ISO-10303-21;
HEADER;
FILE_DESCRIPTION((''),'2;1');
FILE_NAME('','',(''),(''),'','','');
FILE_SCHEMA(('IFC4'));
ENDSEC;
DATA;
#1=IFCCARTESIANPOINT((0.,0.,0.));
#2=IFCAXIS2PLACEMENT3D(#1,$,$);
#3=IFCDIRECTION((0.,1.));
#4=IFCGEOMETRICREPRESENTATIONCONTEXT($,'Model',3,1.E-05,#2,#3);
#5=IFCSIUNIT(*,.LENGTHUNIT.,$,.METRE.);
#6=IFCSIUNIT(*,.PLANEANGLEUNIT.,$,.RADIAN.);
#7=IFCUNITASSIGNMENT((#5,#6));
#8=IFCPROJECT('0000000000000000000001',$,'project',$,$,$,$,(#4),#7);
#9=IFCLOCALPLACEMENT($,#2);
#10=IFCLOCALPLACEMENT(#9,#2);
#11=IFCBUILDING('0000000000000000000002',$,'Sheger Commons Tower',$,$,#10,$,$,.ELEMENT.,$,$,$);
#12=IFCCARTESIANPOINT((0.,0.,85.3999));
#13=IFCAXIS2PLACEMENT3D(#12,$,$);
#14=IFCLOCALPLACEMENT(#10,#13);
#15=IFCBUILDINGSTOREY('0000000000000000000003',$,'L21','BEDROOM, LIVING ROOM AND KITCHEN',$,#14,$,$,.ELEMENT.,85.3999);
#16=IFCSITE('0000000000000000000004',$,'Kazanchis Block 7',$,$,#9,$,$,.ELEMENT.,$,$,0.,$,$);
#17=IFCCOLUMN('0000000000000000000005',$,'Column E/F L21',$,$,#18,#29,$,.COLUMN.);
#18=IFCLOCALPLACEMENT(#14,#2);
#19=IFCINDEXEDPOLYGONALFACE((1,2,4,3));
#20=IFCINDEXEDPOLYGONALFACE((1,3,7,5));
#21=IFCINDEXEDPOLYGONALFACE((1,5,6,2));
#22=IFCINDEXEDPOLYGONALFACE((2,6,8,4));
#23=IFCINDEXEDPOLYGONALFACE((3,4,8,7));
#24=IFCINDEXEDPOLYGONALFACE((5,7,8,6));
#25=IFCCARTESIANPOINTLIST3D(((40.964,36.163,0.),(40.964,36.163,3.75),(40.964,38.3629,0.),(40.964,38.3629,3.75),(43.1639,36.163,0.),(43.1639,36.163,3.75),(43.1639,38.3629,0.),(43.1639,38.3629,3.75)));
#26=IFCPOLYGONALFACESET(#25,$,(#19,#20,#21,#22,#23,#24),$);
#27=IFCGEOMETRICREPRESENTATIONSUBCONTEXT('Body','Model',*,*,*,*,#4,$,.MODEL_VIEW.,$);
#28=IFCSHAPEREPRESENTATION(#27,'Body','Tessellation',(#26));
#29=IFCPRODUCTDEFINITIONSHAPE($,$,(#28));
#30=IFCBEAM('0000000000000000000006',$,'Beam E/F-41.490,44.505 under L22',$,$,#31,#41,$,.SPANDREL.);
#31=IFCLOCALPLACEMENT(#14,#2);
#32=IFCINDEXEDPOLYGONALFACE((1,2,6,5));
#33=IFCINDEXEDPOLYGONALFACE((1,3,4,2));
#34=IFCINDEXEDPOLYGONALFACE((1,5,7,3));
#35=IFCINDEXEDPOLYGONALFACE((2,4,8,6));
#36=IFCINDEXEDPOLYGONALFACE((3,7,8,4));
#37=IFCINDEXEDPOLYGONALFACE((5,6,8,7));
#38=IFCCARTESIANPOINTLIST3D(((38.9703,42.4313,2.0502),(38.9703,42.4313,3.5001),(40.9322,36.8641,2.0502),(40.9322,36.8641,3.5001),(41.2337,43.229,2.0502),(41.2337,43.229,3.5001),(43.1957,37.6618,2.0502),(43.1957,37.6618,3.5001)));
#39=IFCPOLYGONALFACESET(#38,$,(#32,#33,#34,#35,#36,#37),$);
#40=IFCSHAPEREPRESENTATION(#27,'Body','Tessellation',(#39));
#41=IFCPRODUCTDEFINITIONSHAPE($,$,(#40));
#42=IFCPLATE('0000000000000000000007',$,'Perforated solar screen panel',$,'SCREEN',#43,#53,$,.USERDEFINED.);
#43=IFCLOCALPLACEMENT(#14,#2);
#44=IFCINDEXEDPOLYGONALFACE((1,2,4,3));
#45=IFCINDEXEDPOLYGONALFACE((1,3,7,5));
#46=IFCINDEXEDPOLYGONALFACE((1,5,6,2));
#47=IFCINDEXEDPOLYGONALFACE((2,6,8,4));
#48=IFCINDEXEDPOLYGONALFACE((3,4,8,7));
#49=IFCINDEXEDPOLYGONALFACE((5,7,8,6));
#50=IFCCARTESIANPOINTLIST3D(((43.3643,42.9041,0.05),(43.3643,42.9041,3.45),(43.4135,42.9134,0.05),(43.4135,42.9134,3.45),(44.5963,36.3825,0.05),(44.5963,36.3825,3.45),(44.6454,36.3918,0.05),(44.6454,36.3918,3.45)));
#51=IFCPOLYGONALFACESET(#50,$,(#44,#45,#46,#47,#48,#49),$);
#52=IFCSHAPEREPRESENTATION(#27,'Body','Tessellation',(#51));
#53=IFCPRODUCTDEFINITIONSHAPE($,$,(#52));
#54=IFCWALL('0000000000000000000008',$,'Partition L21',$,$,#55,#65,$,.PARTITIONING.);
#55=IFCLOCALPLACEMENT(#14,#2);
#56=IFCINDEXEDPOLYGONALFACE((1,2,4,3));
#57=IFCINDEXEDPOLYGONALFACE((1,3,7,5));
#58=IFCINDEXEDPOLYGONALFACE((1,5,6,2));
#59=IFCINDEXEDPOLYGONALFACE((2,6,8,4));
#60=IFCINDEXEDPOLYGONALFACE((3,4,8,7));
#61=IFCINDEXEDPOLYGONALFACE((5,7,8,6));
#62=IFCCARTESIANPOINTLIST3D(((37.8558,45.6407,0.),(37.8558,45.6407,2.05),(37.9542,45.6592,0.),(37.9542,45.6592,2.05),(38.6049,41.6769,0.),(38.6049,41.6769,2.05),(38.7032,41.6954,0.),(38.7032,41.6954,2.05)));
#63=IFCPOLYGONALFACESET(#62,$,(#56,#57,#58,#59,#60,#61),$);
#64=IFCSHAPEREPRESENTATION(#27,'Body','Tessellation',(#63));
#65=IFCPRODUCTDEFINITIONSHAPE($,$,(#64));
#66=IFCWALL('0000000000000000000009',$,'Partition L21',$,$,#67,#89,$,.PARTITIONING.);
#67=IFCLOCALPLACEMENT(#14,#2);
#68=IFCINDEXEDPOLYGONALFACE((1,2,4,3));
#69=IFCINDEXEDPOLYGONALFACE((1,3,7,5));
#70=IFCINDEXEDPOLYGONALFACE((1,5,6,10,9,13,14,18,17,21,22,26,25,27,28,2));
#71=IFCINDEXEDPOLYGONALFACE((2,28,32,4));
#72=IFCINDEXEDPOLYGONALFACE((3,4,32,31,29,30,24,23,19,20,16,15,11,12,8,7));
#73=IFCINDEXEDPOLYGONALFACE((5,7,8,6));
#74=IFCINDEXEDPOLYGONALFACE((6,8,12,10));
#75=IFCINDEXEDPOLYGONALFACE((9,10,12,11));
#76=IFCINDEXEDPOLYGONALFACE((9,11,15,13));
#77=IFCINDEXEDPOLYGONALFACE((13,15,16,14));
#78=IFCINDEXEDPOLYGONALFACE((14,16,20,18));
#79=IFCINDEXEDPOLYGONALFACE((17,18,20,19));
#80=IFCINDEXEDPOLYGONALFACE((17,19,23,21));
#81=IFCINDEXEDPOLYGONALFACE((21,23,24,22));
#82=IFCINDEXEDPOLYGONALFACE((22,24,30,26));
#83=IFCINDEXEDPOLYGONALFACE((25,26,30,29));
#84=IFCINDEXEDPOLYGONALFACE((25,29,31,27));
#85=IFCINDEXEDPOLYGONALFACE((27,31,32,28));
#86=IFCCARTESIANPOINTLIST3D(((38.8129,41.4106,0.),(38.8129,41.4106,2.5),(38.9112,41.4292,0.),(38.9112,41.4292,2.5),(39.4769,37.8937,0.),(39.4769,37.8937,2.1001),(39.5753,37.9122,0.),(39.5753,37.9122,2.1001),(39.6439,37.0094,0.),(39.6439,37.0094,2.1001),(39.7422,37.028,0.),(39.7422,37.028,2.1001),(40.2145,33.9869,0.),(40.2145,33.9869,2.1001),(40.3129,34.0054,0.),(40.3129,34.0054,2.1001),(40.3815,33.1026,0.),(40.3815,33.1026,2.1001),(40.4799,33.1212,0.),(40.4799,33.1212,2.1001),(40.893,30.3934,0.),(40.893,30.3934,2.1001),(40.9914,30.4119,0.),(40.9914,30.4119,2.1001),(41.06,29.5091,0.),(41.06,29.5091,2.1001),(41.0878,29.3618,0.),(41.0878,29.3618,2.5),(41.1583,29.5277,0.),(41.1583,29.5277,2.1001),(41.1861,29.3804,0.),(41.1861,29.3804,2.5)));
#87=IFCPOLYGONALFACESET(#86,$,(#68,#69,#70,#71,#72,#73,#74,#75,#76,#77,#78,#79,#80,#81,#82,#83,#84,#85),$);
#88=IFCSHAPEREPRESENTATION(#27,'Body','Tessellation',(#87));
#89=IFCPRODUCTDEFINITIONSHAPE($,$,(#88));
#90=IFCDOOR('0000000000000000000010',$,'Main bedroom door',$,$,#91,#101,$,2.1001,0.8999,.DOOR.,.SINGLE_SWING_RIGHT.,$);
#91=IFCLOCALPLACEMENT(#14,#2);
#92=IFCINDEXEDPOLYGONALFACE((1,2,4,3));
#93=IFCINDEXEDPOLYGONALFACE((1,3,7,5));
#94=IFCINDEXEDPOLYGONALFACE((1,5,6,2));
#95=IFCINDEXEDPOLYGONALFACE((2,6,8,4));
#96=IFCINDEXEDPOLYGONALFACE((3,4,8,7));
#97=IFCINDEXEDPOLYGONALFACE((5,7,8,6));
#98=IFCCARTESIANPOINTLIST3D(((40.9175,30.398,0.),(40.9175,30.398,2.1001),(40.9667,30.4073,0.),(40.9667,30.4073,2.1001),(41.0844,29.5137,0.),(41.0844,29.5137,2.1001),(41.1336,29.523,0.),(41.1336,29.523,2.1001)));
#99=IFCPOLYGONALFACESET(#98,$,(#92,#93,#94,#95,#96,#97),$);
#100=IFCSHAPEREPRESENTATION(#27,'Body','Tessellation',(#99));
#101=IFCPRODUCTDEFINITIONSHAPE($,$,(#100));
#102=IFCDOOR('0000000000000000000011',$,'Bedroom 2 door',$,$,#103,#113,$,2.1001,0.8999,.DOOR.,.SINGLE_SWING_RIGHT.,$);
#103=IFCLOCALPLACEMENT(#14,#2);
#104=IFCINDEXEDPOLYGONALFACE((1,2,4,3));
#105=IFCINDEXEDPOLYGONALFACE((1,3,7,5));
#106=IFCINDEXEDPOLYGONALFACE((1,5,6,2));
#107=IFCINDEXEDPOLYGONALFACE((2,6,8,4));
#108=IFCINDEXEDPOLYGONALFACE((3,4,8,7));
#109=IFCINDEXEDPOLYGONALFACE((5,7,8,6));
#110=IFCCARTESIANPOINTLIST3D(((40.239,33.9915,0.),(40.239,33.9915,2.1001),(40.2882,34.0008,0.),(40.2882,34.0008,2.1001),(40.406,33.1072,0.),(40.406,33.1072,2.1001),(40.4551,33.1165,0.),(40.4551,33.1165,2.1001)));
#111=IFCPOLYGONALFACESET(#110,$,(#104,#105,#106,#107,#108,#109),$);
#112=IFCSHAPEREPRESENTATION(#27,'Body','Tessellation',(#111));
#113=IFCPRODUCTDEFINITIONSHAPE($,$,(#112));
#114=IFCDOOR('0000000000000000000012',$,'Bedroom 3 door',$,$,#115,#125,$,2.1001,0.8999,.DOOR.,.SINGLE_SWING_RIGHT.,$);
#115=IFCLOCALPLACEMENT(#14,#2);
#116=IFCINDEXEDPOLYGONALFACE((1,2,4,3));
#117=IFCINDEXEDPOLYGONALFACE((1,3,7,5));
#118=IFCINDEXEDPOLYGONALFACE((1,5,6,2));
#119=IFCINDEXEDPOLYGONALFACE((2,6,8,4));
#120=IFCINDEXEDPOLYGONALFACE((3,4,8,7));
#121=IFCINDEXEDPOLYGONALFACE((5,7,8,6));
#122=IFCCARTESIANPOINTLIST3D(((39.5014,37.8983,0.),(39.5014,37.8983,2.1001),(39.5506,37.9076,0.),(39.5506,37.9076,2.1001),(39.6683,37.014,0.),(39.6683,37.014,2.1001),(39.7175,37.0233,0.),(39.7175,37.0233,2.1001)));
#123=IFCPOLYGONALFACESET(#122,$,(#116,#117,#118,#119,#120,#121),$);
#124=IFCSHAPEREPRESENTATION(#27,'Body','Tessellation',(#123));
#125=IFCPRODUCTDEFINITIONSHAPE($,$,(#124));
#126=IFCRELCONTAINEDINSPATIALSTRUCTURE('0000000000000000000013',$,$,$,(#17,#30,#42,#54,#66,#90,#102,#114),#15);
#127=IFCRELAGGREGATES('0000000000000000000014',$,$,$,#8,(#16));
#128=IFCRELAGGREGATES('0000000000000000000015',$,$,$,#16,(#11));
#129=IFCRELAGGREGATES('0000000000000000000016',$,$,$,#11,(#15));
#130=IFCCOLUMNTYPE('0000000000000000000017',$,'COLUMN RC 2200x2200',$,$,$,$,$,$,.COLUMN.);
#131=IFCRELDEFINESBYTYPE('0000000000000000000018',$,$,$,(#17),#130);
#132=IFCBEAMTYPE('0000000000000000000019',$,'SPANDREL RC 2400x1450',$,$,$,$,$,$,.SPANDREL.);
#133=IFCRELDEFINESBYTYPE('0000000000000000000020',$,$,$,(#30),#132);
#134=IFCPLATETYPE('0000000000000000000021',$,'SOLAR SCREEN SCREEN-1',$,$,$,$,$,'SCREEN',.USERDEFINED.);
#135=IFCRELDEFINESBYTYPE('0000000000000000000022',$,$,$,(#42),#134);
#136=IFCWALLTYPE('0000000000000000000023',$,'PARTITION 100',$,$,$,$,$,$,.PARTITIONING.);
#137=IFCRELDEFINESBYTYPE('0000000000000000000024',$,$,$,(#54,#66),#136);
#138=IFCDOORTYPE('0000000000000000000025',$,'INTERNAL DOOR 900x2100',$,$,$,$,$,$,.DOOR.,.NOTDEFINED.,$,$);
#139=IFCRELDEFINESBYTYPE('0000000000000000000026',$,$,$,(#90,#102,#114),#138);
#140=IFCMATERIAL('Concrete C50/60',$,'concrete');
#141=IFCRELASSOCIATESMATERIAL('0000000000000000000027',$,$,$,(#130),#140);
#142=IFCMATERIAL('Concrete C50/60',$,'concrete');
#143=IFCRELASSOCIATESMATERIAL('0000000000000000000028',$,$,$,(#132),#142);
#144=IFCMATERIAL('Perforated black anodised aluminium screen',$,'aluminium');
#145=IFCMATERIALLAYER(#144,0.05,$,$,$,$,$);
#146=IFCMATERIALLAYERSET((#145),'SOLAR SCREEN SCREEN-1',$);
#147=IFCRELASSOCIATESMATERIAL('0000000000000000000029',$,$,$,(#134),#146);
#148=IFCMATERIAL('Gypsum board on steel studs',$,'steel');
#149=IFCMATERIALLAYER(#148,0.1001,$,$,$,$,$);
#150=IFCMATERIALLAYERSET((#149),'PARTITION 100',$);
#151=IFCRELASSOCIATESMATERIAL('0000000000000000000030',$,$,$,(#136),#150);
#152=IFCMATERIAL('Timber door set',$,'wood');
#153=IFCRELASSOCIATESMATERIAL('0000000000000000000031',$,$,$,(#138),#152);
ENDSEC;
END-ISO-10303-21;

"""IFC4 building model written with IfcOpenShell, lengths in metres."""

from ifc_helpers import new_model, si_unit, direction, frame, frame_2d, origin, origin_2d, place, context, subcontext, project, spatial, rectangle, extrude, material, layer, layer_set, material_profile, profile_set, type_object, element, fill, save


model = new_model("IFC4")

# Units and contexts
model_context = context("Model", 3, precision=1e-05, world=origin(), true_north=direction((0.0, 1.0)))
body_context = subcontext(model_context, "Body", "Model", "MODEL_VIEW")
ifc_project = project(units=[si_unit("LENGTHUNIT", "METRE"), si_unit("PLANEANGLEUNIT", "RADIAN")], contexts=[model_context])

# Site, building, storey
site_placement = place(None, origin())
site = spatial("IfcSite", under=ifc_project, at=site_placement, Name="Kazanchis Block 7", CompositionType="ELEMENT", RefElevation=0.0)
building_placement = place(site_placement, origin())
building = spatial("IfcBuilding", under=site, at=building_placement, Name="Sheger Commons Tower", CompositionType="ELEMENT")
storey_placement = place(building_placement, frame((0.0, 0.0, 85.3999)))
storey = spatial("IfcBuildingStorey", under=building, at=storey_placement, Name="L21", Description="BEDROOM, LIVING ROOM AND KITCHEN", CompositionType="ELEMENT", Elevation=85.3999)

# Column
ifc_material_1 = material(Name="Concrete C50/60", Category="concrete")
ifc_material_profile_1 = material_profile(ifc_material_1, rectangle(XDim=2.2, YDim=2.2, at=origin_2d()), Name="RC 2200x2200")
ifc_profile_set_1 = profile_set([ifc_material_profile_1], Name="Concrete C50/60")
column_type = type_object("IfcColumnType", Name="COLUMN RC 2200x2200", PredefinedType="COLUMN", material=ifc_profile_set_1)
column_placement = place(storey_placement, frame((42.064, 37.2629, 0.0), z_axis=(0.0, 0.0, 1.0), x_axis=(1.0, 0.0, 0.0)))
element("IfcColumn", 1, at=column_placement, inside=storey, type_object=column_type, Name="Column E/F L21", PredefinedType="COLUMN", context=body_context, shape_type="SweptSolid", body=[
    extrude(rectangle(XDim=2.2, YDim=2.2, at=origin_2d()), origin(), (0.0, 0.0, 1.0), 3.75),
])

# Beam
ifc_material_2 = material(Name="Concrete C50/60", Category="concrete")
ifc_material_profile_2 = material_profile(ifc_material_2, rectangle(XDim=2.3999, YDim=1.45, at=origin_2d()), Name="RC 2400x1450")
ifc_profile_set_2 = profile_set([ifc_material_profile_2], Name="Concrete C50/60")
beam_type = type_object("IfcBeamType", Name="SPANDREL RC 2400x1450", PredefinedType="SPANDREL", material=ifc_profile_set_2)
beam_placement = place(storey_placement, frame((42.064, 37.2629, 2.7751), z_axis=(-0.332374, 0.943148, 0.0), x_axis=(-0.943148, -0.332374, 0.0)))
element("IfcBeam", 2, at=beam_placement, inside=storey, type_object=beam_type, Name="Beam E/F-41.490,44.505 under L22", PredefinedType="SPANDREL", context=body_context, shape_type="SweptSolid", body=[
    extrude(rectangle(XDim=2.3999, YDim=1.45, at=origin_2d()), origin(), (0.0, 0.0, 1.0), 5.9028),
])

# Plate
ifc_material_3 = material(Name="Perforated black anodised aluminium screen", Category="aluminium")
ifc_layer_1 = layer(ifc_material_3, 0.05)
ifc_layer_set_1 = layer_set([ifc_layer_1], Name="SOLAR SCREEN SCREEN-1")
plate_type = type_object("IfcPlateType", Name="SOLAR SCREEN SCREEN-1", ElementType="SCREEN", PredefinedType="USERDEFINED", material=ifc_layer_set_1)
plate_placement = place(storey_placement, frame((44.0049, 39.6479, 0.05), z_axis=(0.0, 0.0, 1.0), x_axis=(-0.185615, 0.982623, 0.0)))
element("IfcPlate", 3, at=plate_placement, inside=storey, type_object=plate_type, Name="Perforated solar screen panel", ObjectType="SCREEN", PredefinedType="USERDEFINED", context=body_context, shape_type="SweptSolid", body=[
    extrude(rectangle(XDim=6.637, YDim=0.05, at=origin_2d()), origin(), (0.0, 0.0, 1.0), 3.3999),
])

# Wall
ifc_material_4 = material(Name="Gypsum board on steel studs", Category="steel")
ifc_layer_2 = layer(ifc_material_4, 0.1001)
ifc_layer_set_2 = layer_set([ifc_layer_2], Name="PARTITION 100")
wall_type = type_object("IfcWallType", Name="PARTITION 100", PredefinedType="PARTITIONING", material=ifc_layer_set_2)
wall_1_placement = place(storey_placement, frame((38.6541, 41.686, 0.0), z_axis=(0.0, 0.0, 1.0), x_axis=(-0.185677, 0.982611, 0.0)))
element("IfcWall", 4, at=wall_1_placement, inside=storey, type_object=wall_type, Name="Partition L21", PredefinedType="PARTITIONING", context=body_context, shape_type="SweptSolid", body=[
    extrude(rectangle(XDim=4.0339, YDim=0.1001, at=frame_2d((2.0171, 0.0))), origin(), (0.0, 0.0, 1.0), 2.05),
])

# Wall, openings, doors
wall_2_placement = place(storey_placement, frame((38.8621, 41.4199, 0.0), z_axis=(0.0, 0.0, 1.0), x_axis=(0.185529, -0.982639, 0.0)))
wall_2 = element("IfcWall", 5, at=wall_2_placement, inside=storey, type_object=wall_type, Name="Partition L21", PredefinedType="PARTITIONING", context=body_context, shape_type="SweptSolid", body=[
    extrude(rectangle(XDim=12.2617, YDim=0.1001, at=frame_2d((6.1309, 0.0))), origin(), (0.0, 0.0, 1.0), 2.5),
])
opening_1_placement = place(wall_2_placement, frame((11.2119, 0.0, 0.0)))
opening_1 = element("IfcOpeningElement", 6, at=opening_1_placement, cuts=wall_2, PredefinedType="OPENING", context=body_context, shape_type="SweptSolid", body=[
    extrude(rectangle(XDim=0.8999, YDim=2.1001, at=frame_2d((0.45, 1.05))), frame((0.0, 0.0601, 0.0), z_axis=(0.0, -1.0, 0.0), x_axis=(1.0, 0.0, 0.0)), (0.0, 0.0, 1.0), 0.1201),
])
opening_2_placement = place(wall_2_placement, frame((7.5549, 0.0, 0.0)))
opening_2 = element("IfcOpeningElement", 7, at=opening_2_placement, cuts=wall_2, PredefinedType="OPENING", context=body_context, shape_type="SweptSolid", body=[
    extrude(rectangle(XDim=0.8999, YDim=2.1001, at=frame_2d((0.45, 1.05))), frame((0.0, 0.0601, 0.0), z_axis=(0.0, -1.0, 0.0), x_axis=(1.0, 0.0, 0.0)), (0.0, 0.0, 1.0), 0.1201),
])
opening_3_placement = place(wall_2_placement, frame((3.5791, 0.0, 0.0)))
opening_3 = element("IfcOpeningElement", 8, at=opening_3_placement, cuts=wall_2, PredefinedType="OPENING", context=body_context, shape_type="SweptSolid", body=[
    extrude(rectangle(XDim=0.8999, YDim=2.1001, at=frame_2d((0.45, 1.05))), frame((0.0, 0.0601, 0.0), z_axis=(0.0, -1.0, 0.0), x_axis=(1.0, 0.0, 0.0)), (0.0, 0.0, 1.0), 0.1201),
])
ifc_material_5 = material(Name="Timber door set", Category="wood")
door_type = type_object("IfcDoorType", Name="INTERNAL DOOR 900x2100", OperationType="NOTDEFINED", PredefinedType="DOOR", material=ifc_material_5)
door_1_placement = place(opening_1_placement, origin())
door_1 = element("IfcDoor", 9, at=door_1_placement, inside=storey, type_object=door_type, Name="Main bedroom door", OperationType="SINGLE_SWING_RIGHT", OverallHeight=2.1001, OverallWidth=0.8999, PredefinedType="DOOR", context=body_context, shape_type="SweptSolid", body=[
    extrude(rectangle(XDim=0.8999, YDim=2.1001, at=frame_2d((0.45, 1.05))), frame((0.0, 0.0249, 0.0), z_axis=(0.0, -1.0, 0.0), x_axis=(1.0, 0.0, 0.0)), (0.0, 0.0, 1.0), 0.05),
])
fill(opening_1, door_1)
door_2_placement = place(opening_2_placement, origin())
door_2 = element("IfcDoor", 10, at=door_2_placement, inside=storey, type_object=door_type, Name="Bedroom 2 door", OperationType="SINGLE_SWING_RIGHT", OverallHeight=2.1001, OverallWidth=0.8999, PredefinedType="DOOR", context=body_context, shape_type="SweptSolid", body=[
    extrude(rectangle(XDim=0.8999, YDim=2.1001, at=frame_2d((0.45, 1.05))), frame((0.0, 0.0249, 0.0), z_axis=(0.0, -1.0, 0.0), x_axis=(1.0, 0.0, 0.0)), (0.0, 0.0, 1.0), 0.05),
])
fill(opening_2, door_2)
door_3_placement = place(opening_3_placement, origin())
door_3 = element("IfcDoor", 11, at=door_3_placement, inside=storey, type_object=door_type, Name="Bedroom 3 door", OperationType="SINGLE_SWING_RIGHT", OverallHeight=2.1001, OverallWidth=0.8999, PredefinedType="DOOR", context=body_context, shape_type="SweptSolid", body=[
    extrude(rectangle(XDim=0.8999, YDim=2.1001, at=frame_2d((0.45, 1.05))), frame((0.0, 0.0249, 0.0), z_axis=(0.0, -1.0, 0.0), x_axis=(1.0, 0.0, 0.0)), (0.0, 0.0, 1.0), 0.05),
])
fill(opening_3, door_3)

save(model, "model.ifc")
